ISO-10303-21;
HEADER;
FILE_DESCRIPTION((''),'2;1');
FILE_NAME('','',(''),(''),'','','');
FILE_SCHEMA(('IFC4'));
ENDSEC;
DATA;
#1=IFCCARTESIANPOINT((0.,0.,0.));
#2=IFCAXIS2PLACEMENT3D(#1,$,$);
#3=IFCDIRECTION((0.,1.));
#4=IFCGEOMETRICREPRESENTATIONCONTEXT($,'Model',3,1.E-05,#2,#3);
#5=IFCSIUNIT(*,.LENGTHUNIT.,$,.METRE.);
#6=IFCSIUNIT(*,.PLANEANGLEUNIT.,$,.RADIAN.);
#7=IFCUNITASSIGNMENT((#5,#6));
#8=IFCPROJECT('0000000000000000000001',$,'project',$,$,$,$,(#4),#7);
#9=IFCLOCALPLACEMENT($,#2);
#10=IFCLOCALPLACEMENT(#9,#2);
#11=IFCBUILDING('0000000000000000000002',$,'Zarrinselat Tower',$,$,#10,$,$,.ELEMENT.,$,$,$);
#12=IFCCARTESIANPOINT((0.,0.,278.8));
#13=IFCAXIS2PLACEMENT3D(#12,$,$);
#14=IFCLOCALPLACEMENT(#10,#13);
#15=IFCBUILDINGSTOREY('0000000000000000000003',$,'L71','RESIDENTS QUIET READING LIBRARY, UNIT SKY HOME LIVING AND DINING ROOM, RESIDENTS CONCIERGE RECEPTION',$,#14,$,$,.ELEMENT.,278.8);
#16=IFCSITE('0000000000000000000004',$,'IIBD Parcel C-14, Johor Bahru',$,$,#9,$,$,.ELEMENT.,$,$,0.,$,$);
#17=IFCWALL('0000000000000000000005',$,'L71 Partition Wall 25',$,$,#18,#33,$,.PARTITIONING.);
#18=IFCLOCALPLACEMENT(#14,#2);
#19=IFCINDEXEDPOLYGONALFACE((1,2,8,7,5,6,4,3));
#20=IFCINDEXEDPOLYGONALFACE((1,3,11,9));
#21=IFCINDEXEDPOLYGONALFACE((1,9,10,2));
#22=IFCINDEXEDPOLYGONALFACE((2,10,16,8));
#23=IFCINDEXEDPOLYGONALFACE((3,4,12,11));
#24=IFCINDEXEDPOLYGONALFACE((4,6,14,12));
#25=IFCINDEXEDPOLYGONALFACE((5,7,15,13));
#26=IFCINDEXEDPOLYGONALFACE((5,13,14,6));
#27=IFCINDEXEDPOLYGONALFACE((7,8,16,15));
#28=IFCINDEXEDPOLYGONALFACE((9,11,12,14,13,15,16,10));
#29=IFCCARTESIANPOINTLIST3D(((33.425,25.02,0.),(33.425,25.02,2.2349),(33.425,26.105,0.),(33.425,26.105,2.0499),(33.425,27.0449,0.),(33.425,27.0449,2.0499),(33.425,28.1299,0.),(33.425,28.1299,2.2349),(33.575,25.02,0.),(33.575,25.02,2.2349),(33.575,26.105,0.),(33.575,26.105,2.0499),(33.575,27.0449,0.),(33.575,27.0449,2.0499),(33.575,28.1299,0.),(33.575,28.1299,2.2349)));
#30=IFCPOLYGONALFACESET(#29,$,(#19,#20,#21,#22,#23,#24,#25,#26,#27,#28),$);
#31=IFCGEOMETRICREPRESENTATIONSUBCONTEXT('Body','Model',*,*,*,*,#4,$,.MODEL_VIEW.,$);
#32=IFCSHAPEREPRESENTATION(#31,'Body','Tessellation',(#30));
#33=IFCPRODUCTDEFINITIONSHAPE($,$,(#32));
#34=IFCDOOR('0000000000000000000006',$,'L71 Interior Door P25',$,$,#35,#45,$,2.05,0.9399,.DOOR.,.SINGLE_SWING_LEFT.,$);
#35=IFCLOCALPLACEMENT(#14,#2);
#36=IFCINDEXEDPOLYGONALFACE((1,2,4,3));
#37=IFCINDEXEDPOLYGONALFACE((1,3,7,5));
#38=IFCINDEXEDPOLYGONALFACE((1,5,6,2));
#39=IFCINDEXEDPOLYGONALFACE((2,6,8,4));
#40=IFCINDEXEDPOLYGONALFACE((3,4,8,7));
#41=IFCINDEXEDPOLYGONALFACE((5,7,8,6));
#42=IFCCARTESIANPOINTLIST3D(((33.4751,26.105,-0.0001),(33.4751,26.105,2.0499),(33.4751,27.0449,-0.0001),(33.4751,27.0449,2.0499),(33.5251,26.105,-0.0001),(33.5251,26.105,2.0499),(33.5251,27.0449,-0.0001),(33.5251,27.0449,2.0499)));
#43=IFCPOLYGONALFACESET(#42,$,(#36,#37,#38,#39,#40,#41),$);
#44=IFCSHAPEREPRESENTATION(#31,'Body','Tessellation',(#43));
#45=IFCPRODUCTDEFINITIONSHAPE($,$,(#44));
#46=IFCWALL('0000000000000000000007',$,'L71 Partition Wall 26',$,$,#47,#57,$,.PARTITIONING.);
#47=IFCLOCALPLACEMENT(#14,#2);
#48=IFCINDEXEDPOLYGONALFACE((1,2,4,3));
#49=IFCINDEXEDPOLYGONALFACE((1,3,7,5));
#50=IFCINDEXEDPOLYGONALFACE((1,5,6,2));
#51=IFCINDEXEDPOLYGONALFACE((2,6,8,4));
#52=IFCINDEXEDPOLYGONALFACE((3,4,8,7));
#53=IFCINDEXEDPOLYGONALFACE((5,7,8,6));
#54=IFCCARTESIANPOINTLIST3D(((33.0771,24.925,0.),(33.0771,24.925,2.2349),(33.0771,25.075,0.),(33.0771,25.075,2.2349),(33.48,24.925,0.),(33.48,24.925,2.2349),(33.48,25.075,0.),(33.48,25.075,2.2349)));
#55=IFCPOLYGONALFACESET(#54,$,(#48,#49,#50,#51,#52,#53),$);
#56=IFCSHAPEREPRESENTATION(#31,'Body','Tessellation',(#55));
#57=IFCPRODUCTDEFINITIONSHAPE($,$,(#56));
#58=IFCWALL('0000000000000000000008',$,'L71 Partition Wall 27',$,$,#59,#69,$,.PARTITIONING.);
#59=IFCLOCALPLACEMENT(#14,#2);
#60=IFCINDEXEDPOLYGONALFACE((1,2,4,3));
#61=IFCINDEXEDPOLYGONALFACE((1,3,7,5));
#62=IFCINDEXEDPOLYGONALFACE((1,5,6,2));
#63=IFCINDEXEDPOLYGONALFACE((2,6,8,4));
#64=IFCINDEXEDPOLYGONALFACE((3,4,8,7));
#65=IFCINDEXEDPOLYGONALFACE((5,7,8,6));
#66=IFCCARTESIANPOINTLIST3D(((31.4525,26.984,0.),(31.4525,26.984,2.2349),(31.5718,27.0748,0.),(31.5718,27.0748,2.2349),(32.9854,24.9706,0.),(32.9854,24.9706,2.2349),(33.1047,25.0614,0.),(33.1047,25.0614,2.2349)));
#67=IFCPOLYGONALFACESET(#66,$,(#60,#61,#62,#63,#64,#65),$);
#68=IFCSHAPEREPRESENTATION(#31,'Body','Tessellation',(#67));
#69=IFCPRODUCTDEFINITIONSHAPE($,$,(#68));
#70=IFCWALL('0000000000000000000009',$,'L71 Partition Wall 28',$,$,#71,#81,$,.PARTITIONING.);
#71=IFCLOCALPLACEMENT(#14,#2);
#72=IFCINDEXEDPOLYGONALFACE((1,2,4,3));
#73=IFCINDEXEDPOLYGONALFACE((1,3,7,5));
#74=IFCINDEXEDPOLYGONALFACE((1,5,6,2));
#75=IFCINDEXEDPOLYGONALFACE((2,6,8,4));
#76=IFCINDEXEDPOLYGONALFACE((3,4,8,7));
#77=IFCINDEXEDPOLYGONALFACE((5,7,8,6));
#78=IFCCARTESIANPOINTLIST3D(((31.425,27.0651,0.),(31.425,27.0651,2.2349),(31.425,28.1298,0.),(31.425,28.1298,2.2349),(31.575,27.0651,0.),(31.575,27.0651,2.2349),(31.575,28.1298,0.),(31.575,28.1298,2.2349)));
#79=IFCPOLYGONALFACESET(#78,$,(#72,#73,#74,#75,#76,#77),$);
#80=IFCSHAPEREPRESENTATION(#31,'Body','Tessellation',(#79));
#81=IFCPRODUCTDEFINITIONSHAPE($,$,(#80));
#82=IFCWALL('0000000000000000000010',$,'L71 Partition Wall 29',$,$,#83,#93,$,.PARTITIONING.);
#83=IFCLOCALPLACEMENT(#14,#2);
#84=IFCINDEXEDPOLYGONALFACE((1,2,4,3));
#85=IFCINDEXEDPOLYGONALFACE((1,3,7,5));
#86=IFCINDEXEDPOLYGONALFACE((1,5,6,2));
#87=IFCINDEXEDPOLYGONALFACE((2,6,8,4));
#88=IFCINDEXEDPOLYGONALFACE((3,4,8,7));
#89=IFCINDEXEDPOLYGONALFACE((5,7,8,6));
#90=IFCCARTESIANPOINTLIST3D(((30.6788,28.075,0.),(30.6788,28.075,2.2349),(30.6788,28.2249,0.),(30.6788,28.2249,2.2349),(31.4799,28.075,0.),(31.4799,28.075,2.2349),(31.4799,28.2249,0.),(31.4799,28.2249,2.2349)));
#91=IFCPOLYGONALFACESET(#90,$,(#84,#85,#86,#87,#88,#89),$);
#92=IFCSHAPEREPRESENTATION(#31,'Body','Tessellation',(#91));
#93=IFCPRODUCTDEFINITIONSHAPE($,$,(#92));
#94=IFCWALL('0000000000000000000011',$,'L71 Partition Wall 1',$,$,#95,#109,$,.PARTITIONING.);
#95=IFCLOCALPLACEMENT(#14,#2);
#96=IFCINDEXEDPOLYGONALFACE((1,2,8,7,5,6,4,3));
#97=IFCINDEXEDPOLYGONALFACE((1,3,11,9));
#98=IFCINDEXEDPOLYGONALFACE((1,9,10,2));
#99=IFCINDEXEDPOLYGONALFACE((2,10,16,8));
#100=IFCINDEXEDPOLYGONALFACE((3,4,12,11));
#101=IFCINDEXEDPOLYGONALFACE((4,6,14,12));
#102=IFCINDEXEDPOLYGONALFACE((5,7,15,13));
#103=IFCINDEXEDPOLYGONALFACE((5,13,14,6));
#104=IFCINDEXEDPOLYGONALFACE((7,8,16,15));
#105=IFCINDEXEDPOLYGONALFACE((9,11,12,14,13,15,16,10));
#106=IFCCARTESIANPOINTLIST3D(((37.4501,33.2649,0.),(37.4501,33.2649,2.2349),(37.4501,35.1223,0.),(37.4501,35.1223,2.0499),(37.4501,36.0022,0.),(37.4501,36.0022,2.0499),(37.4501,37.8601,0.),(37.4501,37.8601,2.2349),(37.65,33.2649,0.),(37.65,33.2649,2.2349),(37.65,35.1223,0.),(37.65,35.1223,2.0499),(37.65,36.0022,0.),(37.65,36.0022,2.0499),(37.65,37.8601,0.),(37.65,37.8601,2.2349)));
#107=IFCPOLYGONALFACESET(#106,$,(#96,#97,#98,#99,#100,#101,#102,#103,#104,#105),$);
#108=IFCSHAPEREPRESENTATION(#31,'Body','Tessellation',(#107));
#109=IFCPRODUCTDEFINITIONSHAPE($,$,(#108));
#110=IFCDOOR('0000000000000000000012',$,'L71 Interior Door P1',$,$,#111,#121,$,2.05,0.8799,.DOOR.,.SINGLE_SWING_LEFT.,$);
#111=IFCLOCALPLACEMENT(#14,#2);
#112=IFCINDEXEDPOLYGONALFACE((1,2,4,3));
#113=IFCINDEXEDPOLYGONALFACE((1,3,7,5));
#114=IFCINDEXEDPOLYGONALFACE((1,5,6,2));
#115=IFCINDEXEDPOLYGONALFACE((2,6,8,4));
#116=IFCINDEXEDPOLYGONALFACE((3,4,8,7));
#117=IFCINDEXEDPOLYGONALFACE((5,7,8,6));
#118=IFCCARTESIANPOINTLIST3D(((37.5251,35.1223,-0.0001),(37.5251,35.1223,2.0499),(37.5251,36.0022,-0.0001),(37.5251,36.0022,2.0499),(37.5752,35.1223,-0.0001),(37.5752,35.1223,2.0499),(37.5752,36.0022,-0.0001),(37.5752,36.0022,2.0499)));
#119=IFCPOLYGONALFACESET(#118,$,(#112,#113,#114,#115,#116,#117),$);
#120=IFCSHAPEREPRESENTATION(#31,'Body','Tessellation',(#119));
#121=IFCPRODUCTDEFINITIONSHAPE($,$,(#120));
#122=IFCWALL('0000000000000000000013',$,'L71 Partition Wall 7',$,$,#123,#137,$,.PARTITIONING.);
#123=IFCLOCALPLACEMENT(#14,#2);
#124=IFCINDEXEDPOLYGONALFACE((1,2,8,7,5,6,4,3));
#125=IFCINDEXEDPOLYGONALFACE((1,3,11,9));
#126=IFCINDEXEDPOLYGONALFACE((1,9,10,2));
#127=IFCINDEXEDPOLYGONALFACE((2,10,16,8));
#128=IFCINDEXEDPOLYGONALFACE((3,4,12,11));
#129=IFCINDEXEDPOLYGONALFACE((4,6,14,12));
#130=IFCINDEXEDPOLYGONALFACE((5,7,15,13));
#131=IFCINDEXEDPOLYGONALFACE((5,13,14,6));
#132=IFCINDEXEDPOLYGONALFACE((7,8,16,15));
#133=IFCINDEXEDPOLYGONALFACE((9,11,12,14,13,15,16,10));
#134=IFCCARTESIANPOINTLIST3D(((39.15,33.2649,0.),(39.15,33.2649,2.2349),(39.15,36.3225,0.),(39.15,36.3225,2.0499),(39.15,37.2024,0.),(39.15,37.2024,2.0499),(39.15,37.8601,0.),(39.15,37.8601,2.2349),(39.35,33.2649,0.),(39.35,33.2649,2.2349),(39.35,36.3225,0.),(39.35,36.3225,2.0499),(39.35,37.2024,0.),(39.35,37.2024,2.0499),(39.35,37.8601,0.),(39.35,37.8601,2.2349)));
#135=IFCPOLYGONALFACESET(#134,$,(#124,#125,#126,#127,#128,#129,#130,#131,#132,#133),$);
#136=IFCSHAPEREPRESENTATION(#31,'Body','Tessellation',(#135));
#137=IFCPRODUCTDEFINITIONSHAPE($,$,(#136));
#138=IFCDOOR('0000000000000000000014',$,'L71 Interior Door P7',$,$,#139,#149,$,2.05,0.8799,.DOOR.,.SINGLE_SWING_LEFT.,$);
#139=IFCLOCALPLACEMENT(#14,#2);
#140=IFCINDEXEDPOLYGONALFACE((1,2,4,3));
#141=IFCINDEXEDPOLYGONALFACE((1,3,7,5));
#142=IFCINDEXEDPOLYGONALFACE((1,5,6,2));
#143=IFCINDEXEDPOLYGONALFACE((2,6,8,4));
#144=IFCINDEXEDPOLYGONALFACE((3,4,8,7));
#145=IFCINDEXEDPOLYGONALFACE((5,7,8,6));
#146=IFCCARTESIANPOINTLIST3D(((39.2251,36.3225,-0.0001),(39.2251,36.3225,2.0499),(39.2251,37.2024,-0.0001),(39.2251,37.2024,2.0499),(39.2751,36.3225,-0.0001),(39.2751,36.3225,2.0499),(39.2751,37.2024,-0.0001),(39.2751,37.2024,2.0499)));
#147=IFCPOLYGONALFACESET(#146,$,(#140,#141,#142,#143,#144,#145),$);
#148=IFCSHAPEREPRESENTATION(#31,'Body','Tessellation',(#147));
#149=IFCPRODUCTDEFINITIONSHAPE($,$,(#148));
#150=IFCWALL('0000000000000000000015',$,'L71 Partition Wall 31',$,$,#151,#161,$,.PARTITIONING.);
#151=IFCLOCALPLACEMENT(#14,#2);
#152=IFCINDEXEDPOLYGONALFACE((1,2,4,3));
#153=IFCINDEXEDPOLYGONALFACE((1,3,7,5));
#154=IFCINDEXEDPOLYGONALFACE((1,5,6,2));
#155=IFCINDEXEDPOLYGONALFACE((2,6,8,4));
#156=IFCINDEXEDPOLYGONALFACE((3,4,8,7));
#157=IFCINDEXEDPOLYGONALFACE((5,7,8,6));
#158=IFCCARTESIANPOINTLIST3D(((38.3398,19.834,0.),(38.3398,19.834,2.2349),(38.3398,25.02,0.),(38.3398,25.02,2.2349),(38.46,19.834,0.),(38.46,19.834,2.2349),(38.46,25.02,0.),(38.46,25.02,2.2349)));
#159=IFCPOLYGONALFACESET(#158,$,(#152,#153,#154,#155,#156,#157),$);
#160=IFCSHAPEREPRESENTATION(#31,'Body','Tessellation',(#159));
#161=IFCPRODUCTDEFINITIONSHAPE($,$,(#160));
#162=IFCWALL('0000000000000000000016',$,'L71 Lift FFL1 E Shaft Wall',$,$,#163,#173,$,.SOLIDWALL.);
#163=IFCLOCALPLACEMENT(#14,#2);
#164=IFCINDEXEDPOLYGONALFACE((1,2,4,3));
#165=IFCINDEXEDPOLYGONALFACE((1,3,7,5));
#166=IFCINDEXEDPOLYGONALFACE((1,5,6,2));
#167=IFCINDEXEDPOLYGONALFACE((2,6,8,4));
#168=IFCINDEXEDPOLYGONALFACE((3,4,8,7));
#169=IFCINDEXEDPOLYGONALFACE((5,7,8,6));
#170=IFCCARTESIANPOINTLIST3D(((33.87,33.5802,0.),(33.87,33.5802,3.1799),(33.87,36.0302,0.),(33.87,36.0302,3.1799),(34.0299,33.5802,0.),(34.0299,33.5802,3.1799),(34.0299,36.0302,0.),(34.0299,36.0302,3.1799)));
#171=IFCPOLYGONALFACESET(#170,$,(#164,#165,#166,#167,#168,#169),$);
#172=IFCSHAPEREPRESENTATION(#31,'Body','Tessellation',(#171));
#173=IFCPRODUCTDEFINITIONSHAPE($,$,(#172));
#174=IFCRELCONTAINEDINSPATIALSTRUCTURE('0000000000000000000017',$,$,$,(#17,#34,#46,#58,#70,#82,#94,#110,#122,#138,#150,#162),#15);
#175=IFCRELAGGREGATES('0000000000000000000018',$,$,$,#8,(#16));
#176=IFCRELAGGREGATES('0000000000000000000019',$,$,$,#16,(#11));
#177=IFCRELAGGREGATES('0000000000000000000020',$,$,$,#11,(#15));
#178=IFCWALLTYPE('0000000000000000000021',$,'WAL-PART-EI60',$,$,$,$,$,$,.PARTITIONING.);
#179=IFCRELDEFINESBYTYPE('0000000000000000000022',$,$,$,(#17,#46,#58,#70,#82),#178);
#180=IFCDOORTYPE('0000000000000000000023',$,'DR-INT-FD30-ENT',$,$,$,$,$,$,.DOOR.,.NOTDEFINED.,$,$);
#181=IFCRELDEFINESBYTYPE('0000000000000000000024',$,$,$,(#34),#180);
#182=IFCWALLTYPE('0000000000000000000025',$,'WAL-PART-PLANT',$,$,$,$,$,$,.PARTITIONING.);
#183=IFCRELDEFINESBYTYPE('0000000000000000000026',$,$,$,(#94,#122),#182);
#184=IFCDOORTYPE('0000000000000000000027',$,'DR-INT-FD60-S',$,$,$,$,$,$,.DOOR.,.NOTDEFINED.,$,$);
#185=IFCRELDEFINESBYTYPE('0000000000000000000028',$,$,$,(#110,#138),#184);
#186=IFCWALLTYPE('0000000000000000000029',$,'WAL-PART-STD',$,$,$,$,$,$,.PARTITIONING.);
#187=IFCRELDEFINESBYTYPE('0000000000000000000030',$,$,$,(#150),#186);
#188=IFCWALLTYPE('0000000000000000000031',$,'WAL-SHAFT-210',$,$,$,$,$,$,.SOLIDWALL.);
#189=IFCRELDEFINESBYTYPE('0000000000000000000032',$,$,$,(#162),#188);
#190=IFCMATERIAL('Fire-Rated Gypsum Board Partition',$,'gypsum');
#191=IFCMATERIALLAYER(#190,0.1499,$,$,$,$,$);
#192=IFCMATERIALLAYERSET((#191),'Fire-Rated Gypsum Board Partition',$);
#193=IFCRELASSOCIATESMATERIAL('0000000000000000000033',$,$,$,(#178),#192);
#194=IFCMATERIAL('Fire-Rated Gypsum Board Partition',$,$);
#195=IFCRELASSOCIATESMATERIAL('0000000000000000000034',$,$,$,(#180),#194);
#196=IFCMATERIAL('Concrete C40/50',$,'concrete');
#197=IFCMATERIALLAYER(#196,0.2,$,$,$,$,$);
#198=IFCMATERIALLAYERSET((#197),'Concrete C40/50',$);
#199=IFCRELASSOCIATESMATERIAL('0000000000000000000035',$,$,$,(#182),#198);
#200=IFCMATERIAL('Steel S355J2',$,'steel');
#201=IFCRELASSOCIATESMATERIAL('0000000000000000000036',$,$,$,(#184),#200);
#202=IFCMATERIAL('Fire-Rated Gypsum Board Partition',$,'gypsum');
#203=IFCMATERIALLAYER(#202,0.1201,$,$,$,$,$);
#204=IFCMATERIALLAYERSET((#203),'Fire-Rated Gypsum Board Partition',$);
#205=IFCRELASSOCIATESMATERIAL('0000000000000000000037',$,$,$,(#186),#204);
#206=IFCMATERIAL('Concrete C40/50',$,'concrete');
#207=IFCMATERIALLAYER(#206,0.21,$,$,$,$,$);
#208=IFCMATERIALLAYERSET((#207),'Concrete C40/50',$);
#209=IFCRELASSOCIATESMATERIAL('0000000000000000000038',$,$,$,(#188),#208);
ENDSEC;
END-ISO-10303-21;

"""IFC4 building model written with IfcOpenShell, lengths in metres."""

from ifc_helpers import new_model, si_unit, direction, frame, frame_2d, origin, place, context, subcontext, project, spatial, rectangle, extrude, material, layer, layer_set, type_object, element, fill, save


model = new_model("IFC4")

# Units and contexts
model_context = context("Model", 3, precision=1e-05, world=origin(), true_north=direction((0.0, 1.0)))
body_context = subcontext(model_context, "Body", "Model", "MODEL_VIEW")
ifc_project = project(units=[si_unit("LENGTHUNIT", "METRE"), si_unit("PLANEANGLEUNIT", "RADIAN")], contexts=[model_context])

# Site, building, storey
site_placement = place(None, origin())
site = spatial("IfcSite", under=ifc_project, at=site_placement, Name="IIBD Parcel C-14, Johor Bahru", CompositionType="ELEMENT", RefElevation=0.0)
building_placement = place(site_placement, origin())
building = spatial("IfcBuilding", under=site, at=building_placement, Name="Zarrinselat Tower", CompositionType="ELEMENT")
storey_placement = place(building_placement, frame((0.0, 0.0, 278.8)))
storey = spatial("IfcBuildingStorey", under=building, at=storey_placement, Name="L71", Description="RESIDENTS QUIET READING LIBRARY, UNIT SKY HOME LIVING AND DINING ROOM, RESIDENTS CONCIERGE RECEPTION", CompositionType="ELEMENT", Elevation=278.8)

# Shared definitions
ifc_material_1 = material(Name="Fire-Rated Gypsum Board Partition", Category="gypsum")
ifc_layer_1 = layer(ifc_material_1, 0.1499)
ifc_layer_set_1 = layer_set([ifc_layer_1], Name="Fire-Rated Gypsum Board Partition")
wall_type_1 = type_object("IfcWallType", Name="WAL-PART-EI60", PredefinedType="PARTITIONING", material=ifc_layer_set_1)

# Wall, opening, door
wall_1_placement = place(storey_placement, frame((33.5, 25.02, 0.0), z_axis=(0.0, 0.0, 1.0), x_axis=(0.0, 1.0, 0.0)))
wall_1 = element("IfcWall", 1, at=wall_1_placement, inside=storey, type_object=wall_type_1, Name="L71 Partition Wall 25", PredefinedType="PARTITIONING", context=body_context, shape_type="SweptSolid", body=[
    extrude(rectangle(XDim=3.1099, YDim=0.1499, at=frame_2d((1.5549, 0.0))), origin(), (0.0, 0.0, 1.0), 2.2349),
])
opening_1_placement = place(wall_1_placement, frame((1.085, 0.0, 0.0)))
opening_1 = element("IfcOpeningElement", 2, at=opening_1_placement, cuts=wall_1, PredefinedType="OPENING", context=body_context, shape_type="SweptSolid", body=[
    extrude(rectangle(XDim=0.9399, YDim=2.05, at=frame_2d((0.47, 1.0249))), frame((0.0, 0.085, 0.0), z_axis=(0.0, -1.0, 0.0), x_axis=(1.0, 0.0, 0.0)), (0.0, 0.0, 1.0), 0.1699),
])
ifc_material_2 = material(Name="Fire-Rated Gypsum Board Partition")
door_type_1 = type_object("IfcDoorType", Name="DR-INT-FD30-ENT", OperationType="NOTDEFINED", PredefinedType="DOOR", material=ifc_material_2)
door_1_placement = place(opening_1_placement, origin())
door_1 = element("IfcDoor", 3, at=door_1_placement, inside=storey, type_object=door_type_1, Name="L71 Interior Door P25", OperationType="SINGLE_SWING_LEFT", OverallHeight=2.05, OverallWidth=0.9399, PredefinedType="DOOR", context=body_context, shape_type="SweptSolid", body=[
    extrude(rectangle(XDim=0.9399, YDim=2.05, at=frame_2d((0.47, 1.0249))), frame((0.0, 0.0249, 0.0), z_axis=(0.0, -1.0, 0.0), x_axis=(1.0, 0.0, 0.0)), (0.0, 0.0, 1.0), 0.05),
])
fill(opening_1, door_1)

# Walls
wall_2_placement = place(storey_placement, frame((33.0771, 25.0, 0.0), z_axis=(0.0, 0.0, 1.0), x_axis=(1.0, 0.0, 0.0)))
element("IfcWall", 4, at=wall_2_placement, inside=storey, type_object=wall_type_1, Name="L71 Partition Wall 26", PredefinedType="PARTITIONING", context=body_context, shape_type="SweptSolid", body=[
    extrude(rectangle(XDim=0.4028, YDim=0.1499, at=frame_2d((0.2014, 0.0))), origin(), (0.0, 0.0, 1.0), 2.2349),
])
wall_3_placement = place(storey_placement, frame((31.5122, 27.0293, 0.0), z_axis=(0.0, 0.0, 1.0), x_axis=(0.605773, -0.795638, 0.0)))
element("IfcWall", 5, at=wall_3_placement, inside=storey, type_object=wall_type_1, Name="L71 Partition Wall 27", PredefinedType="PARTITIONING", context=body_context, shape_type="SweptSolid", body=[
    extrude(rectangle(XDim=2.5305, YDim=0.1499, at=frame_2d((1.2651, 0.0))), origin(), (0.0, 0.0, 1.0), 2.2349),
])
wall_4_placement = place(storey_placement, frame((31.5, 27.0652, 0.0), z_axis=(0.0, 0.0, 1.0), x_axis=(0.0, 1.0, 0.0)))
element("IfcWall", 6, at=wall_4_placement, inside=storey, type_object=wall_type_1, Name="L71 Partition Wall 28", PredefinedType="PARTITIONING", context=body_context, shape_type="SweptSolid", body=[
    extrude(rectangle(XDim=1.0647, YDim=0.1499, at=frame_2d((0.5322, 0.0))), origin(), (0.0, 0.0, 1.0), 2.2349),
])
wall_5_placement = place(storey_placement, frame((30.679, 28.1499, 0.0), z_axis=(0.0, 0.0, 1.0), x_axis=(1.0, 0.0, 0.0)))
element("IfcWall", 7, at=wall_5_placement, inside=storey, type_object=wall_type_1, Name="L71 Partition Wall 29", PredefinedType="PARTITIONING", context=body_context, shape_type="SweptSolid", body=[
    extrude(rectangle(XDim=0.801, YDim=0.1499, at=frame_2d((0.4004, 0.0))), origin(), (0.0, 0.0, 1.0), 2.2349),
])

# Walls, openings, doors
ifc_material_3 = material(Name="Concrete C40/50", Category="concrete")
ifc_layer_2 = layer(ifc_material_3, 0.2)
ifc_layer_set_2 = layer_set([ifc_layer_2], Name="Concrete C40/50")
wall_type_2 = type_object("IfcWallType", Name="WAL-PART-PLANT", PredefinedType="PARTITIONING", material=ifc_layer_set_2)
wall_6_placement = place(storey_placement, frame((37.55, 33.2649, 0.0), z_axis=(0.0, 0.0, 1.0), x_axis=(0.0, 1.0, 0.0)))
wall_6 = element("IfcWall", 8, at=wall_6_placement, inside=storey, type_object=wall_type_2, Name="L71 Partition Wall 1", PredefinedType="PARTITIONING", context=body_context, shape_type="SweptSolid", body=[
    extrude(rectangle(XDim=4.5952, YDim=0.2, at=frame_2d((2.2976, 0.0))), origin(), (0.0, 0.0, 1.0), 2.2349),
])
opening_2_placement = place(wall_6_placement, frame((1.8574, 0.0, 0.0)))
opening_2 = element("IfcOpeningElement", 9, at=opening_2_placement, cuts=wall_6, PredefinedType="OPENING", context=body_context, shape_type="SweptSolid", body=[
    extrude(rectangle(XDim=0.8799, YDim=2.05, at=frame_2d((0.4399, 1.0249))), frame((0.0, 0.1099, 0.0), z_axis=(0.0, -1.0, 0.0), x_axis=(1.0, 0.0, 0.0)), (0.0, 0.0, 1.0), 0.22),
])
ifc_material_4 = material(Name="Steel S355J2", Category="steel")
door_type_2 = type_object("IfcDoorType", Name="DR-INT-FD60-S", OperationType="NOTDEFINED", PredefinedType="DOOR", material=ifc_material_4)
door_2_placement = place(opening_2_placement, origin())
door_2 = element("IfcDoor", 10, at=door_2_placement, inside=storey, type_object=door_type_2, Name="L71 Interior Door P1", OperationType="SINGLE_SWING_LEFT", OverallHeight=2.05, OverallWidth=0.8799, PredefinedType="DOOR", context=body_context, shape_type="SweptSolid", body=[
    extrude(rectangle(XDim=0.8799, YDim=2.05, at=frame_2d((0.4399, 1.0249))), frame((0.0, 0.0249, 0.0), z_axis=(0.0, -1.0, 0.0), x_axis=(1.0, 0.0, 0.0)), (0.0, 0.0, 1.0), 0.05),
])
fill(opening_2, door_2)
wall_7_placement = place(storey_placement, frame((39.25, 33.2649, 0.0), z_axis=(0.0, 0.0, 1.0), x_axis=(0.0, 1.0, 0.0)))
wall_7 = element("IfcWall", 11, at=wall_7_placement, inside=storey, type_object=wall_type_2, Name="L71 Partition Wall 7", PredefinedType="PARTITIONING", context=body_context, shape_type="SweptSolid", body=[
    extrude(rectangle(XDim=4.5952, YDim=0.2, at=frame_2d((2.2976, 0.0))), origin(), (0.0, 0.0, 1.0), 2.2349),
])
opening_3_placement = place(wall_7_placement, frame((3.0576, 0.0, 0.0)))
opening_3 = element("IfcOpeningElement", 12, at=opening_3_placement, cuts=wall_7, PredefinedType="OPENING", context=body_context, shape_type="SweptSolid", body=[
    extrude(rectangle(XDim=0.8799, YDim=2.05, at=frame_2d((0.4399, 1.0249))), frame((0.0, 0.1099, 0.0), z_axis=(0.0, -1.0, 0.0), x_axis=(1.0, 0.0, 0.0)), (0.0, 0.0, 1.0), 0.22),
])
door_3_placement = place(opening_3_placement, origin())
door_3 = element("IfcDoor", 13, at=door_3_placement, inside=storey, type_object=door_type_2, Name="L71 Interior Door P7", OperationType="SINGLE_SWING_LEFT", OverallHeight=2.05, OverallWidth=0.8799, PredefinedType="DOOR", context=body_context, shape_type="SweptSolid", body=[
    extrude(rectangle(XDim=0.8799, YDim=2.05, at=frame_2d((0.4399, 1.0249))), frame((0.0, 0.0249, 0.0), z_axis=(0.0, -1.0, 0.0), x_axis=(1.0, 0.0, 0.0)), (0.0, 0.0, 1.0), 0.05),
])
fill(opening_3, door_3)

# Walls
ifc_material_5 = material(Name="Fire-Rated Gypsum Board Partition", Category="gypsum")
ifc_layer_3 = layer(ifc_material_5, 0.1201)
ifc_layer_set_3 = layer_set([ifc_layer_3], Name="Fire-Rated Gypsum Board Partition")
wall_type_3 = type_object("IfcWallType", Name="WAL-PART-STD", PredefinedType="PARTITIONING", material=ifc_layer_set_3)
wall_8_placement = place(storey_placement, frame((38.3999, 19.834, 0.0), z_axis=(0.0, 0.0, 1.0), x_axis=(0.0, 1.0, 0.0)))
element("IfcWall", 14, at=wall_8_placement, inside=storey, type_object=wall_type_3, Name="L71 Partition Wall 31", PredefinedType="PARTITIONING", context=body_context, shape_type="SweptSolid", body=[
    extrude(rectangle(XDim=5.186, YDim=0.1201, at=frame_2d((2.593, 0.0))), origin(), (0.0, 0.0, 1.0), 2.2349),
])
ifc_material_6 = material(Name="Concrete C40/50", Category="concrete")
ifc_layer_4 = layer(ifc_material_6, 0.21)
ifc_layer_set_4 = layer_set([ifc_layer_4], Name="Concrete C40/50")
wall_type_4 = type_object("IfcWallType", Name="WAL-SHAFT-210", PredefinedType="SOLIDWALL", material=ifc_layer_set_4)
wall_9_placement = place(storey_placement, frame((33.95, 33.5801, 0.0), z_axis=(0.0, 0.0, 1.0), x_axis=(0.0, 1.0, 0.0)))
element("IfcWall", 15, at=wall_9_placement, inside=storey, type_object=wall_type_4, Name="L71 Lift FFL1 E Shaft Wall", PredefinedType="SOLIDWALL", context=body_context, shape_type="SweptSolid", body=[
    extrude(rectangle(XDim=2.45, YDim=0.1599, at=frame_2d((1.2251, 0.0))), origin(), (0.0, 0.0, 1.0), 3.1799),
])

save(model, "model.ifc")
